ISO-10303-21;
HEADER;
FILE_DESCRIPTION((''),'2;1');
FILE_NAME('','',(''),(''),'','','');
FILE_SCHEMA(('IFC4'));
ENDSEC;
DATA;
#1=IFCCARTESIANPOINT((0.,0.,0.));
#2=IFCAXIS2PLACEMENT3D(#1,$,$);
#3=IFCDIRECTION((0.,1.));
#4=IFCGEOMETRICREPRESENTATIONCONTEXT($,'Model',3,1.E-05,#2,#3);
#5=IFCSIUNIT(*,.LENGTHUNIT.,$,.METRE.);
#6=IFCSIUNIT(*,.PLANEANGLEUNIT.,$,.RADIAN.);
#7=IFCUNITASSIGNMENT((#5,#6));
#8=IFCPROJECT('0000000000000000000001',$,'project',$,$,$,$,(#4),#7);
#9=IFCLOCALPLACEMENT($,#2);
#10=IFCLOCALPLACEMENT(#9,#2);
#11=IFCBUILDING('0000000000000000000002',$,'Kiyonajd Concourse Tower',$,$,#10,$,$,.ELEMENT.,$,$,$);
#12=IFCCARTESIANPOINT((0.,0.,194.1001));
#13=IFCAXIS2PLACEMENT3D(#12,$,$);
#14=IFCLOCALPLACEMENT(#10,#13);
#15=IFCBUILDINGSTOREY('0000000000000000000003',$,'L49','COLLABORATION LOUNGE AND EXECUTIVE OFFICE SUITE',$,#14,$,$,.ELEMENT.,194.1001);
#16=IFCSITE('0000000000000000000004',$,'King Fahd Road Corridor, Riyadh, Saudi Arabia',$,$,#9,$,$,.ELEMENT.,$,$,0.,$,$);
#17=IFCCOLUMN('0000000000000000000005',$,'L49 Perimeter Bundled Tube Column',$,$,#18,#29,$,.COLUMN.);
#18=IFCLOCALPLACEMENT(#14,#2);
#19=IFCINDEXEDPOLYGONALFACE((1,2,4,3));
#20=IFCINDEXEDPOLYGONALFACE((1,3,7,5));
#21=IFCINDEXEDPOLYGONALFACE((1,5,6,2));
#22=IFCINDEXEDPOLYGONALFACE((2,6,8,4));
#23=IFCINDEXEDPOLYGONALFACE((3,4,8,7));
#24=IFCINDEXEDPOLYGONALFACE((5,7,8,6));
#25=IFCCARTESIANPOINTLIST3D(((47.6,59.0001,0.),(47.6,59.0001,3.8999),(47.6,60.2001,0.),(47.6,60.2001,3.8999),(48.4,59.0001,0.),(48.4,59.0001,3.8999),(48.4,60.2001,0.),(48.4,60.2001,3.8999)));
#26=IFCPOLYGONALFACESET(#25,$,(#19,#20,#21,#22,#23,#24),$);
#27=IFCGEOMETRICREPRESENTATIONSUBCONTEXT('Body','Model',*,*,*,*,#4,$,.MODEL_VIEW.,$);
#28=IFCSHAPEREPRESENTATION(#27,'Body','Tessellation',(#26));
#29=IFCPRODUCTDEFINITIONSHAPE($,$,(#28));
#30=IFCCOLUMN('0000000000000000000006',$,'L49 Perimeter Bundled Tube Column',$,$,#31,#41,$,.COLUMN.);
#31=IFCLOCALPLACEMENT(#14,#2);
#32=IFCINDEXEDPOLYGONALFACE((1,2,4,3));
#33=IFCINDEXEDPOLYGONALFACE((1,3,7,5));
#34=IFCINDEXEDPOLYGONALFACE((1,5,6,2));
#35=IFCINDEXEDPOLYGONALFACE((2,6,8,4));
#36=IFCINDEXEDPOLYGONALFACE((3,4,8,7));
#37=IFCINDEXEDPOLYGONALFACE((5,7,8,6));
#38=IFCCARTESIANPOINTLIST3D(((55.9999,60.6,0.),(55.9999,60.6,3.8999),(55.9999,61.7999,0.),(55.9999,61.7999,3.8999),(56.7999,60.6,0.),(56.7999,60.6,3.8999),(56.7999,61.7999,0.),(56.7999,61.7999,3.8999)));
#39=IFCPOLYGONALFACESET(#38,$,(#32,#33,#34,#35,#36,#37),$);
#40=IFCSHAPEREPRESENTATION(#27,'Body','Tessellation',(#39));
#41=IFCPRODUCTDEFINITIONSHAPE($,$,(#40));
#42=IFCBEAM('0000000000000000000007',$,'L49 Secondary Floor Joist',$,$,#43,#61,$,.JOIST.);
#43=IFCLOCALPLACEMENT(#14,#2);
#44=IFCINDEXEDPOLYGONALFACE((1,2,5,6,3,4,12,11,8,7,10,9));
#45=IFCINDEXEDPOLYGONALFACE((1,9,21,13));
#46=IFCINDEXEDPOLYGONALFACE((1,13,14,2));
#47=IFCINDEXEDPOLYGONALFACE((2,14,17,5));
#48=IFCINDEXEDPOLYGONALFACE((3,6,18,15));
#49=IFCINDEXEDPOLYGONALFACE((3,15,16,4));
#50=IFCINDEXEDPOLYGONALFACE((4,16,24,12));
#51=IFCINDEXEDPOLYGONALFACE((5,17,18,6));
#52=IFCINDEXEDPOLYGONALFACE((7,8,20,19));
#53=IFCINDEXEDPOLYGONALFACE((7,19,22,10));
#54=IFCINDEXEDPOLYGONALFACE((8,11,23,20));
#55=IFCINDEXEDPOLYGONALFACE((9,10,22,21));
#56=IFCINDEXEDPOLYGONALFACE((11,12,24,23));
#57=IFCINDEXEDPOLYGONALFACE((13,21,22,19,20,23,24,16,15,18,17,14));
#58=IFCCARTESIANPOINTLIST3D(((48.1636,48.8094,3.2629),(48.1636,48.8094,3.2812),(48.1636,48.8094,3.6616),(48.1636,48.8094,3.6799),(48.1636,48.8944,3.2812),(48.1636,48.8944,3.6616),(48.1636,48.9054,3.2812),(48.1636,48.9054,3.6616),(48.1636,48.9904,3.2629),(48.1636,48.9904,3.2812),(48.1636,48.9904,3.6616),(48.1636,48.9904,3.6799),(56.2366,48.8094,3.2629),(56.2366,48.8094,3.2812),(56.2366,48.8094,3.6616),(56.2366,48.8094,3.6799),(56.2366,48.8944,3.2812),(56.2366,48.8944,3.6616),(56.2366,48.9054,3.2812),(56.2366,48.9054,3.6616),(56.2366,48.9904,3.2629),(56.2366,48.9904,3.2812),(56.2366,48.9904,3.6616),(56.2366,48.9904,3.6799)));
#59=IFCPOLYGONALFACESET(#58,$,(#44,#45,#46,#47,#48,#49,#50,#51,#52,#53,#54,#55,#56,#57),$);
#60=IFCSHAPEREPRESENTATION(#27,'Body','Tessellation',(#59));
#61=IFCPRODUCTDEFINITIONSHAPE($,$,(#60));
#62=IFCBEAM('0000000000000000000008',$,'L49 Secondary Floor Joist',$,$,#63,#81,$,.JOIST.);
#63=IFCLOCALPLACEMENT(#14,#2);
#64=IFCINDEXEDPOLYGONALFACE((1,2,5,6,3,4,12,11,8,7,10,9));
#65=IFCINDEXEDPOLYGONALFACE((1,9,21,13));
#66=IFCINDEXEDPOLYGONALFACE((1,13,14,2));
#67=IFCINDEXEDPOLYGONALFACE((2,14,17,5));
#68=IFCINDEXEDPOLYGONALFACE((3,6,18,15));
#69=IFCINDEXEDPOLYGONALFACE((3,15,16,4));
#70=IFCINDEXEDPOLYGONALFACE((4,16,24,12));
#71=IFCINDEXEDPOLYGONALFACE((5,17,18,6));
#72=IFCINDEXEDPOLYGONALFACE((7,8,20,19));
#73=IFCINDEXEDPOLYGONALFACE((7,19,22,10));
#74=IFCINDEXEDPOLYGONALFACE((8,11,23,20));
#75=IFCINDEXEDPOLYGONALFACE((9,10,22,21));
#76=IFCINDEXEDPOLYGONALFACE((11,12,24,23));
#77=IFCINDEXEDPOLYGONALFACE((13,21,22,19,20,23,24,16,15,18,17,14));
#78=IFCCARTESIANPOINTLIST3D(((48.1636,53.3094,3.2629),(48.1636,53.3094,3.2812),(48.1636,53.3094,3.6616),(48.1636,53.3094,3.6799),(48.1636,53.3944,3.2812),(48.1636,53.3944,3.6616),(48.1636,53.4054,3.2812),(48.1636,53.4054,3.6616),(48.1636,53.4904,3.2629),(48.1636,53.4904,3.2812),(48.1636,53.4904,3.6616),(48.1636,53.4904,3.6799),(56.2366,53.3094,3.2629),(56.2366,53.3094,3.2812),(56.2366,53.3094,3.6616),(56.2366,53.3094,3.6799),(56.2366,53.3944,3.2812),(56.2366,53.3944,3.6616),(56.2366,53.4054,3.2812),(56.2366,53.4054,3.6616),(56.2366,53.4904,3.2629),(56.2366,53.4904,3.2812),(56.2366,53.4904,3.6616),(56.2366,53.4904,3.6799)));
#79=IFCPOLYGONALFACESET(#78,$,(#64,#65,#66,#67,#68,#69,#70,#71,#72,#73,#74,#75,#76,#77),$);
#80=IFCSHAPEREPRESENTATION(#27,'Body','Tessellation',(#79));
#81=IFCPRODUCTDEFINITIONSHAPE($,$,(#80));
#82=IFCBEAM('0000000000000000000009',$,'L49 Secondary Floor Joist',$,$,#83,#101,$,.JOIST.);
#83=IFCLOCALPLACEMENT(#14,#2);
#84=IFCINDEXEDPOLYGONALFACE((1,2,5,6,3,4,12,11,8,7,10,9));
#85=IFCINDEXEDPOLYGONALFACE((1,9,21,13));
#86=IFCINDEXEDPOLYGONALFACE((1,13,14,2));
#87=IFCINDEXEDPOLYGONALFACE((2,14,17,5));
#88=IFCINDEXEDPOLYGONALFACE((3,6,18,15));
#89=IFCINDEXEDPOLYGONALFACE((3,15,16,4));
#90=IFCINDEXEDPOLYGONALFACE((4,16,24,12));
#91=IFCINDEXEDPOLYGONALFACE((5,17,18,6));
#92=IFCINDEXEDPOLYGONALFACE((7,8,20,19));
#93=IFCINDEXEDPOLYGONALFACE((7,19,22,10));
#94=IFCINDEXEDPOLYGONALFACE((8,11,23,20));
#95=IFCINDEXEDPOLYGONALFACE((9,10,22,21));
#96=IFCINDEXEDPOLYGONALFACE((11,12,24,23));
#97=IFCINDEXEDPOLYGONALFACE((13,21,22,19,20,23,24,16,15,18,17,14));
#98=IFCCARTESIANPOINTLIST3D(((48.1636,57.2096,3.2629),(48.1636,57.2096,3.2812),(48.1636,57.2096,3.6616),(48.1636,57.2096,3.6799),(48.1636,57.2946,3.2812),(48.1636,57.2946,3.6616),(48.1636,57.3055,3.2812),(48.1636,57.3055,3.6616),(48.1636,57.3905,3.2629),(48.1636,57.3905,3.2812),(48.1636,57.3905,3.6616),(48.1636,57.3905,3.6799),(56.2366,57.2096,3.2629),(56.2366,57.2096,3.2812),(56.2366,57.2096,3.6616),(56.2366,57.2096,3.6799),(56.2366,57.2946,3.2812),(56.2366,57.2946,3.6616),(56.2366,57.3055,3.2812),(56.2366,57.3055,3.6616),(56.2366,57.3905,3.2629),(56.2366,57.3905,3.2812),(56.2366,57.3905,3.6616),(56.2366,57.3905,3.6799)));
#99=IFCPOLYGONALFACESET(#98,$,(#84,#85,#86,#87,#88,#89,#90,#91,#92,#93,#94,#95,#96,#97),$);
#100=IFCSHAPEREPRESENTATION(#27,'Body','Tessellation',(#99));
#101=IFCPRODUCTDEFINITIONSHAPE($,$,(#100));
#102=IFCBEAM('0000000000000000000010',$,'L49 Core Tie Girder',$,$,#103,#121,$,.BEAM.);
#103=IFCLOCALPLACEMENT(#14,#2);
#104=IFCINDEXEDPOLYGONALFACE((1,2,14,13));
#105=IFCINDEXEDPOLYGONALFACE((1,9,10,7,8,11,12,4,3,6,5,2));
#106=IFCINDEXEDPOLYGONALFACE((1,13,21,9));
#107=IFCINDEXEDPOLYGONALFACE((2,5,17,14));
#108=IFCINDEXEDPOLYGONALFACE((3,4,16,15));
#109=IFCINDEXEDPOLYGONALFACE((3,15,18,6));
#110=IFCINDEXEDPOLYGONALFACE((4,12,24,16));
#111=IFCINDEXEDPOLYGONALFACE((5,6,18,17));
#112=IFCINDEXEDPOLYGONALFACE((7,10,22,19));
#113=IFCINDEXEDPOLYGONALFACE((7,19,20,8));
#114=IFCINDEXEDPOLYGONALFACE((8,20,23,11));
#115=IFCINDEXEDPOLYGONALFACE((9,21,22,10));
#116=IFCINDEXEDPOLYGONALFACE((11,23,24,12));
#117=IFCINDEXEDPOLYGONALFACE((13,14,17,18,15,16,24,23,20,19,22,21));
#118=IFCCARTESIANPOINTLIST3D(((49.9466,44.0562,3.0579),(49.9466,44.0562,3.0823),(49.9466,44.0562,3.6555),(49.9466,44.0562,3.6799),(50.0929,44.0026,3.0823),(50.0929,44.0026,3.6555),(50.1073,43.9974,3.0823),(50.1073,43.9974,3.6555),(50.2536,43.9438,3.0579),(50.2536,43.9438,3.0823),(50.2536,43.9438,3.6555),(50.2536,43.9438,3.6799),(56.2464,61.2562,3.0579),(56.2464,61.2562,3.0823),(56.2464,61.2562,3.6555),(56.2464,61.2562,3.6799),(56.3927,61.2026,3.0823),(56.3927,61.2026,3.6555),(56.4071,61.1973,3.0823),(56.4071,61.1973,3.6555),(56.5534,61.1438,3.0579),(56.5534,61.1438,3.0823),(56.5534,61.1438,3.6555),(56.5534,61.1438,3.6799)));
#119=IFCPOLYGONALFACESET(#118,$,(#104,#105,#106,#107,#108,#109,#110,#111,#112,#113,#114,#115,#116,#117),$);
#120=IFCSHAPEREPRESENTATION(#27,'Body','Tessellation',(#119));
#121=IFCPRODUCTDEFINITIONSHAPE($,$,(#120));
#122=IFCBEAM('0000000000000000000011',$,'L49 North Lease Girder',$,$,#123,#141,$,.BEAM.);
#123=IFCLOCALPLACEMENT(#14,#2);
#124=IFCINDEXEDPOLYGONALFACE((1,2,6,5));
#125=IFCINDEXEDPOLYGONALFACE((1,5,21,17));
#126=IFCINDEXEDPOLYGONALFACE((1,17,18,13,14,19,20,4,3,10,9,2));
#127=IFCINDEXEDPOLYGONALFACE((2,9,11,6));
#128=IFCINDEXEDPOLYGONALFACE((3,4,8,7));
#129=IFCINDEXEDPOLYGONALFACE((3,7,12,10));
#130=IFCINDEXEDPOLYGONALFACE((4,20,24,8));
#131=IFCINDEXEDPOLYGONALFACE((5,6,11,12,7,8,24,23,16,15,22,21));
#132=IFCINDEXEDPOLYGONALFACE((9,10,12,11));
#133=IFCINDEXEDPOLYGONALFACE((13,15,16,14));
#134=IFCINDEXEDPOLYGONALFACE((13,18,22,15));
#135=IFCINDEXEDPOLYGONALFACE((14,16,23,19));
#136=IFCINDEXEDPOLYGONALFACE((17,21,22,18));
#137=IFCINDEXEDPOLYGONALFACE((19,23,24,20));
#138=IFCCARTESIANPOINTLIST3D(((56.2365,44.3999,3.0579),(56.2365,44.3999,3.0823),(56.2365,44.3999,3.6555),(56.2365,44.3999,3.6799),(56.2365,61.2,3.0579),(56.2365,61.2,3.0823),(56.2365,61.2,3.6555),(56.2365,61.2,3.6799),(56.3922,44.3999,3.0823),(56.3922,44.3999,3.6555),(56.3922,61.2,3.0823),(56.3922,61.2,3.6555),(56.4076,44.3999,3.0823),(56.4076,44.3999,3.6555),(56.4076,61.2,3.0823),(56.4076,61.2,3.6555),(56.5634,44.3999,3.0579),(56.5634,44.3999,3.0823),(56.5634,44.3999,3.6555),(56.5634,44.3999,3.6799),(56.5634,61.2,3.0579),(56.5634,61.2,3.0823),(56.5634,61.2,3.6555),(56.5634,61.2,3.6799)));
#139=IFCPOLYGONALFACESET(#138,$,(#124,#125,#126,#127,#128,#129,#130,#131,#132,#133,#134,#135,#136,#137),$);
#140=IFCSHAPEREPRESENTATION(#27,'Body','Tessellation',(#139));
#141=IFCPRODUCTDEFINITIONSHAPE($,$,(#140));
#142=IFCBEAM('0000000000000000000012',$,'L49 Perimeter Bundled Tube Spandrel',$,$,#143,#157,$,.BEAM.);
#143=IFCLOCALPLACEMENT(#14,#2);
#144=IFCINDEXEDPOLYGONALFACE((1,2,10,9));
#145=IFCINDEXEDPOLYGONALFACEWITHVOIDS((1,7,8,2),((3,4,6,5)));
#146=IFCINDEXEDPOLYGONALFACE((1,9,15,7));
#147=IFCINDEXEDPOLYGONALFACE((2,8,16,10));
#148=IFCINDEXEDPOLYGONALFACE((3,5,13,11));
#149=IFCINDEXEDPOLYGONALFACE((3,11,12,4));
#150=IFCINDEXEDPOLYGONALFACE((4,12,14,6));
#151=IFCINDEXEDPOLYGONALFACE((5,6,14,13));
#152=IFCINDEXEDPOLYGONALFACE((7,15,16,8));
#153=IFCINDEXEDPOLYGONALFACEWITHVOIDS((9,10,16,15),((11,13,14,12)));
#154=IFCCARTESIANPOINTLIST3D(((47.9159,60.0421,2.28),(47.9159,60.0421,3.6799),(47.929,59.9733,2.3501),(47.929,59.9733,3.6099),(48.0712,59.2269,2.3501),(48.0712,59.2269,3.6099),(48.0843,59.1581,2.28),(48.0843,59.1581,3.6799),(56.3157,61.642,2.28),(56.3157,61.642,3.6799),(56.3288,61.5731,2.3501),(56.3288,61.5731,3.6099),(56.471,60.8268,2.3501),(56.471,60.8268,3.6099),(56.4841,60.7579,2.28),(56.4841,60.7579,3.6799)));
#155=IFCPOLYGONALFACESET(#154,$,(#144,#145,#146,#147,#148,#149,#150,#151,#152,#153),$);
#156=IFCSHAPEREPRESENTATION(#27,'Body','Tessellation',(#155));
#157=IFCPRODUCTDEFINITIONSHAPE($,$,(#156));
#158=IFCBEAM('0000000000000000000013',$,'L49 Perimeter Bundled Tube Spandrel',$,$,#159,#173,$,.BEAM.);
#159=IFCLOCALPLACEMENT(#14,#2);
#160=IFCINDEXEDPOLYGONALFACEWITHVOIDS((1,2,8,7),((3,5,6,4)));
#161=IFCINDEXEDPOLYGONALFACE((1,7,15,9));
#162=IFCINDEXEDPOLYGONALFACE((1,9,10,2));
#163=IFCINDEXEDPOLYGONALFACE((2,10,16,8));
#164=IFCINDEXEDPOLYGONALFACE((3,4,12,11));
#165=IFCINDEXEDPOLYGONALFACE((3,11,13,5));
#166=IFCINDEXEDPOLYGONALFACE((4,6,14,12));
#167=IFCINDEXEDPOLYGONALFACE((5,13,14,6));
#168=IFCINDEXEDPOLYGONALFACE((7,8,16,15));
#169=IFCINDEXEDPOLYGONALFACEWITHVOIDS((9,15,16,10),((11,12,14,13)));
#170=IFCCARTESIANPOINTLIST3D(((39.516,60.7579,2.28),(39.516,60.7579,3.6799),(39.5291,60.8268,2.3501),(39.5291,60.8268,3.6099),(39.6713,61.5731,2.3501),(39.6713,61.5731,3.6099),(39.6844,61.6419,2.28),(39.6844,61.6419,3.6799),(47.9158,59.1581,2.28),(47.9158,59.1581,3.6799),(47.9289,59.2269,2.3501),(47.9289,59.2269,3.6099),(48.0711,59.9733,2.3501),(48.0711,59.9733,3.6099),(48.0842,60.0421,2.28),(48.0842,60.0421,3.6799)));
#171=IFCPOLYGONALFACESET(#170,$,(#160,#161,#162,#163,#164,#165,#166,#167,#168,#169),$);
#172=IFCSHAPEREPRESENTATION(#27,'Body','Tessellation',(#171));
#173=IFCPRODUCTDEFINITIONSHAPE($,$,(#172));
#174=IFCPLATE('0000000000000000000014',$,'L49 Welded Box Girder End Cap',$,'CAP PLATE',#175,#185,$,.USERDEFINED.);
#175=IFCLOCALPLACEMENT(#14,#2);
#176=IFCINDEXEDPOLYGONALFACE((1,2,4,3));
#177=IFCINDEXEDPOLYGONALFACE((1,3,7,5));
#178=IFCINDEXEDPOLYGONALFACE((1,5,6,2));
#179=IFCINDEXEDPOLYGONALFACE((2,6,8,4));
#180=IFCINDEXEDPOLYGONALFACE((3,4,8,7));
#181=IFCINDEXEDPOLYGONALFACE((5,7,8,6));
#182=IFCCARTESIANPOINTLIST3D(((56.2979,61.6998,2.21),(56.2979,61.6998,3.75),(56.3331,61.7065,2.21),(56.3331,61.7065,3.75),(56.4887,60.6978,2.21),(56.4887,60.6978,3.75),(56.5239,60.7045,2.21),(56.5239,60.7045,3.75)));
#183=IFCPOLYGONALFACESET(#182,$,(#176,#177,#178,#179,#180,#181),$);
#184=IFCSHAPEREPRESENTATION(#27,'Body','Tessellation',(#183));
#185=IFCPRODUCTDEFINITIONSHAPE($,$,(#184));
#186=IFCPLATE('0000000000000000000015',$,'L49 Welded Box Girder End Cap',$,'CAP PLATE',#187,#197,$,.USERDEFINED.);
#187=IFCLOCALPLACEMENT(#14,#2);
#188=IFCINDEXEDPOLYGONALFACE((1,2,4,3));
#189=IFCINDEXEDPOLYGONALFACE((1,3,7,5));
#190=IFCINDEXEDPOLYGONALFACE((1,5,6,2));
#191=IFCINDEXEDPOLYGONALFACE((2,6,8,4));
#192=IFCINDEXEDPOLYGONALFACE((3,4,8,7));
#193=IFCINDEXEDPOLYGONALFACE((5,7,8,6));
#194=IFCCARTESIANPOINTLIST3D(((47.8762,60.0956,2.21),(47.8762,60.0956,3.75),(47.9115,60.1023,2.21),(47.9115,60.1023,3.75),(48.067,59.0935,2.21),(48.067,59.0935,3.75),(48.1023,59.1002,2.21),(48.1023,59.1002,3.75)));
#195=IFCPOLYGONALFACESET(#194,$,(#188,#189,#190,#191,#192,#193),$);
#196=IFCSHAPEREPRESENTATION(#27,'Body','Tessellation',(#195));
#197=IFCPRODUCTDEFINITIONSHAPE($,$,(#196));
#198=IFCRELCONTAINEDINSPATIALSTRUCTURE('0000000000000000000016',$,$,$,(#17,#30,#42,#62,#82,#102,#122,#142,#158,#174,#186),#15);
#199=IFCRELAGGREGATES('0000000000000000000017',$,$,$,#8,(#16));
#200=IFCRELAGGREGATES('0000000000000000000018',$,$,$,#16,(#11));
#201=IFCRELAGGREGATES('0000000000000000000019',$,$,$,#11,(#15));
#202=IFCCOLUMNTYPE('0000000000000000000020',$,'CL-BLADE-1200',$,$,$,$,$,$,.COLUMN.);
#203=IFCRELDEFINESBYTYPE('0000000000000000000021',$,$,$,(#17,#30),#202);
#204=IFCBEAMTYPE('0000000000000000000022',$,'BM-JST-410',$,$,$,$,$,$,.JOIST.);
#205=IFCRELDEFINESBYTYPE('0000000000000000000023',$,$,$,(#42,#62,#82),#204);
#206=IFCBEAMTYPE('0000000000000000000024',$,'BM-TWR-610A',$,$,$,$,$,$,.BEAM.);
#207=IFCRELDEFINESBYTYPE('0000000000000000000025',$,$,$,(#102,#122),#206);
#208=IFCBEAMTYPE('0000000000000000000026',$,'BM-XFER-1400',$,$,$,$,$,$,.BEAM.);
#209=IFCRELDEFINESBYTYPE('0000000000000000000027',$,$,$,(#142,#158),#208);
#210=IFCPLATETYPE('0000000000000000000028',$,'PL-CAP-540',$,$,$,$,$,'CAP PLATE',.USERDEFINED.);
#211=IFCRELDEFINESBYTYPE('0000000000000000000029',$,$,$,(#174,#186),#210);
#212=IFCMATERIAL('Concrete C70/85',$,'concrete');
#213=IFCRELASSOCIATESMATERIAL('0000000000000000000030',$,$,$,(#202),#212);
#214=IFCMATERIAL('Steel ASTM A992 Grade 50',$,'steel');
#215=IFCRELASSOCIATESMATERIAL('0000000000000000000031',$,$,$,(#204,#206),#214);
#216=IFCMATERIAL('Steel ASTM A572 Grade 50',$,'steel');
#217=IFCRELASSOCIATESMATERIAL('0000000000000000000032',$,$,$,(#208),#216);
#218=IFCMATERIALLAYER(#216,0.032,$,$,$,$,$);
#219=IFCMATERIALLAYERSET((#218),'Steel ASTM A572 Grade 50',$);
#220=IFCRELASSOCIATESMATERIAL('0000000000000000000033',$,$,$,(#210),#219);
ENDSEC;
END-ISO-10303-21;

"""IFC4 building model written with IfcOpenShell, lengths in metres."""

from ifc_helpers import new_model, si_unit, direction, frame, origin, origin_2d, place, context, subcontext, project, spatial, rectangle, hollow_rectangle, i_section, extrude, material, layer, layer_set, material_profile, profile_set, type_object, element, save


model = new_model("IFC4")

# Units and contexts
model_context = context("Model", 3, precision=1e-05, world=origin(), true_north=direction((0.0, 1.0)))
body_context = subcontext(model_context, "Body", "Model", "MODEL_VIEW")
ifc_project = project(units=[si_unit("LENGTHUNIT", "METRE"), si_unit("PLANEANGLEUNIT", "RADIAN")], contexts=[model_context])

# Site, building, storey
site_placement = place(None, origin())
site = spatial("IfcSite", under=ifc_project, at=site_placement, Name="King Fahd Road Corridor, Riyadh, Saudi Arabia", CompositionType="ELEMENT", RefElevation=0.0)
building_placement = place(site_placement, origin())
building = spatial("IfcBuilding", under=site, at=building_placement, Name="Kiyonajd Concourse Tower", CompositionType="ELEMENT")
storey_placement = place(building_placement, frame((0.0, 0.0, 194.1001)))
storey = spatial("IfcBuildingStorey", under=building, at=storey_placement, Name="L49", Description="COLLABORATION LOUNGE AND EXECUTIVE OFFICE SUITE", CompositionType="ELEMENT", Elevation=194.1001)

# Columns
ifc_material_1 = material(Name="Concrete C70/85", Category="concrete")
ifc_material_profile_1 = material_profile(ifc_material_1, rectangle(XDim=0.8, YDim=1.2, at=origin_2d()), Name="RC-1200x800")
ifc_profile_set_1 = profile_set([ifc_material_profile_1], Name="Concrete C70/85")
column_type = type_object("IfcColumnType", Name="CL-BLADE-1200", PredefinedType="COLUMN", material=ifc_profile_set_1)
for number, where, z_axis, x_axis, name in (
    (1, (48.0, 59.6001, 0.0), (0.0, 0.0, 1.0), (1.0, 0.0, 0.0), "L49 Perimeter Bundled Tube Column"),
    (2, (56.3999, 61.2, 0.0), (0.0, 0.0, 1.0), (1.0, 0.0, 0.0), "L49 Perimeter Bundled Tube Column"),
):
    element("IfcColumn", number, at=place(storey_placement, frame(where, z_axis=z_axis, x_axis=x_axis)), inside=storey, type_object=column_type, Name=name, PredefinedType="COLUMN", context=body_context, shape_type="SweptSolid", body=[
        extrude(rectangle(XDim=0.8, YDim=1.2, at=origin_2d()), origin(), (0.0, 0.0, 1.0), 3.8999),
    ])

# Beams
ifc_material_2 = material(Name="Steel ASTM A992 Grade 50", Category="steel")
ifc_material_profile_2 = material_profile(ifc_material_2, i_section(OverallWidth=0.1809, OverallDepth=0.417, WebThickness=0.011, FlangeThickness=0.0183, at=origin_2d()), Name="W410X85")
ifc_profile_set_2 = profile_set([ifc_material_profile_2], Name="Steel ASTM A992 Grade 50")
beam_type_1 = type_object("IfcBeamType", Name="BM-JST-410", PredefinedType="JOIST", material=ifc_profile_set_2)
for number, where, z_axis, x_axis, name in (
    (3, (48.1636, 48.8999, 3.4714), (1.0, 0.0, 0.0), (0.0, 1.0, 0.0), "L49 Secondary Floor Joist"),
    (4, (48.1636, 53.3999, 3.4714), (1.0, 0.0, 0.0), (0.0, 1.0, 0.0), "L49 Secondary Floor Joist"),
    (5, (48.1636, 57.3, 3.4714), (1.0, 0.0, 0.0), (0.0, 1.0, 0.0), "L49 Secondary Floor Joist"),
):
    element("IfcBeam", number, at=place(storey_placement, frame(where, z_axis=z_axis, x_axis=x_axis)), inside=storey, type_object=beam_type_1, Name=name, PredefinedType="JOIST", context=body_context, shape_type="SweptSolid", body=[
        extrude(i_section(OverallWidth=0.1809, OverallDepth=0.417, WebThickness=0.011, FlangeThickness=0.0183, at=origin_2d()), origin(), (0.0, 0.0, 1.0), 8.073),
    ])
ifc_material_profile_3 = material_profile(ifc_material_2, i_section(OverallWidth=0.3269, OverallDepth=0.6221, WebThickness=0.0154, FlangeThickness=0.0244, at=origin_2d()), Name="W610X195")
ifc_profile_set_3 = profile_set([ifc_material_profile_3], Name="Steel ASTM A992 Grade 50")
beam_type_2 = type_object("IfcBeamType", Name="BM-TWR-610A", PredefinedType="BEAM", material=ifc_profile_set_3)
beam_1_placement = place(storey_placement, frame((50.1001, 44.0, 3.3689), z_axis=(0.343925, 0.938997, 0.0), x_axis=(-0.938997, 0.343925, 0.0)))
element("IfcBeam", 6, at=beam_1_placement, inside=storey, type_object=beam_type_2, Name="L49 Core Tie Girder", PredefinedType="BEAM", context=body_context, shape_type="SweptSolid", body=[
    extrude(i_section(OverallWidth=0.3269, OverallDepth=0.6221, WebThickness=0.0154, FlangeThickness=0.0244, at=origin_2d()), origin(), (0.0, 0.0, 1.0), 18.3174),
])
beam_2_placement = place(storey_placement, frame((56.3999, 44.3999, 3.3689), z_axis=(0.0, 1.0, 0.0), x_axis=(-1.0, 0.0, 0.0)))
element("IfcBeam", 7, at=beam_2_placement, inside=storey, type_object=beam_type_2, Name="L49 North Lease Girder", PredefinedType="BEAM", context=body_context, shape_type="SweptSolid", body=[
    extrude(i_section(OverallWidth=0.3269, OverallDepth=0.6221, WebThickness=0.0154, FlangeThickness=0.0244, at=origin_2d()), origin(), (0.0, 0.0, 1.0), 16.8),
])
ifc_material_3 = material(Name="Steel ASTM A572 Grade 50", Category="steel")
ifc_material_profile_4 = material_profile(ifc_material_3, hollow_rectangle(XDim=0.8999, YDim=1.3999, WallThickness=0.0701, at=origin_2d()), Name="BOX-1400x900x70")
ifc_profile_set_4 = profile_set([ifc_material_profile_4], Name="Steel ASTM A572 Grade 50")
beam_type_3 = type_object("IfcBeamType", Name="BM-XFER-1400", PredefinedType="BEAM", material=ifc_profile_set_4)
for number, where, z_axis, x_axis, name in (
    (8, (56.3999, 61.2, 2.98), (-0.982341, -0.187098, 0.0), (0.187098, -0.982341, 0.0), "L49 Perimeter Bundled Tube Spandrel"),
    (9, (48.0, 59.6001, 2.98), (-0.982341, 0.187098, 0.0), (-0.187098, -0.982341, 0.0), "L49 Perimeter Bundled Tube Spandrel"),
):
    element("IfcBeam", number, at=place(storey_placement, frame(where, z_axis=z_axis, x_axis=x_axis)), inside=storey, type_object=beam_type_3, Name=name, PredefinedType="BEAM", context=body_context, shape_type="SweptSolid", body=[
        extrude(hollow_rectangle(XDim=0.8999, YDim=1.3999, WallThickness=0.0701, at=origin_2d()), origin(), (0.0, 0.0, 1.0), 8.5508),
    ])

# Plates
ifc_layer_1 = layer(ifc_material_3, 0.032)
ifc_layer_set_1 = layer_set([ifc_layer_1], Name="Steel ASTM A572 Grade 50")
plate_type_1 = type_object("IfcPlateType", Name="PL-CAP-540", ElementType="CAP PLATE", PredefinedType="USERDEFINED", material=ifc_layer_set_1)
for number, where, z_axis, x_axis, name in (
    (10, (56.4109, 61.2021, 2.21), (0.0, 0.0, 1.0), (0.982353, 0.187038, 0.0), "L49 Welded Box Girder End Cap"),
    (11, (47.9893, 59.5979, 2.21), (0.0, 0.0, 1.0), (-0.982353, -0.187038, 0.0), "L49 Welded Box Girder End Cap"),
):
    element("IfcPlate", number, at=place(storey_placement, frame(where, z_axis=z_axis, x_axis=x_axis)), inside=storey, type_object=plate_type_1, Name=name, ObjectType="CAP PLATE", PredefinedType="USERDEFINED", context=body_context, shape_type="SweptSolid", body=[
        extrude(rectangle(XDim=0.0359, YDim=1.02, at=origin_2d()), origin(), (0.0, 0.0, 1.0), 1.54),
    ])

save(model, "model.ifc")
